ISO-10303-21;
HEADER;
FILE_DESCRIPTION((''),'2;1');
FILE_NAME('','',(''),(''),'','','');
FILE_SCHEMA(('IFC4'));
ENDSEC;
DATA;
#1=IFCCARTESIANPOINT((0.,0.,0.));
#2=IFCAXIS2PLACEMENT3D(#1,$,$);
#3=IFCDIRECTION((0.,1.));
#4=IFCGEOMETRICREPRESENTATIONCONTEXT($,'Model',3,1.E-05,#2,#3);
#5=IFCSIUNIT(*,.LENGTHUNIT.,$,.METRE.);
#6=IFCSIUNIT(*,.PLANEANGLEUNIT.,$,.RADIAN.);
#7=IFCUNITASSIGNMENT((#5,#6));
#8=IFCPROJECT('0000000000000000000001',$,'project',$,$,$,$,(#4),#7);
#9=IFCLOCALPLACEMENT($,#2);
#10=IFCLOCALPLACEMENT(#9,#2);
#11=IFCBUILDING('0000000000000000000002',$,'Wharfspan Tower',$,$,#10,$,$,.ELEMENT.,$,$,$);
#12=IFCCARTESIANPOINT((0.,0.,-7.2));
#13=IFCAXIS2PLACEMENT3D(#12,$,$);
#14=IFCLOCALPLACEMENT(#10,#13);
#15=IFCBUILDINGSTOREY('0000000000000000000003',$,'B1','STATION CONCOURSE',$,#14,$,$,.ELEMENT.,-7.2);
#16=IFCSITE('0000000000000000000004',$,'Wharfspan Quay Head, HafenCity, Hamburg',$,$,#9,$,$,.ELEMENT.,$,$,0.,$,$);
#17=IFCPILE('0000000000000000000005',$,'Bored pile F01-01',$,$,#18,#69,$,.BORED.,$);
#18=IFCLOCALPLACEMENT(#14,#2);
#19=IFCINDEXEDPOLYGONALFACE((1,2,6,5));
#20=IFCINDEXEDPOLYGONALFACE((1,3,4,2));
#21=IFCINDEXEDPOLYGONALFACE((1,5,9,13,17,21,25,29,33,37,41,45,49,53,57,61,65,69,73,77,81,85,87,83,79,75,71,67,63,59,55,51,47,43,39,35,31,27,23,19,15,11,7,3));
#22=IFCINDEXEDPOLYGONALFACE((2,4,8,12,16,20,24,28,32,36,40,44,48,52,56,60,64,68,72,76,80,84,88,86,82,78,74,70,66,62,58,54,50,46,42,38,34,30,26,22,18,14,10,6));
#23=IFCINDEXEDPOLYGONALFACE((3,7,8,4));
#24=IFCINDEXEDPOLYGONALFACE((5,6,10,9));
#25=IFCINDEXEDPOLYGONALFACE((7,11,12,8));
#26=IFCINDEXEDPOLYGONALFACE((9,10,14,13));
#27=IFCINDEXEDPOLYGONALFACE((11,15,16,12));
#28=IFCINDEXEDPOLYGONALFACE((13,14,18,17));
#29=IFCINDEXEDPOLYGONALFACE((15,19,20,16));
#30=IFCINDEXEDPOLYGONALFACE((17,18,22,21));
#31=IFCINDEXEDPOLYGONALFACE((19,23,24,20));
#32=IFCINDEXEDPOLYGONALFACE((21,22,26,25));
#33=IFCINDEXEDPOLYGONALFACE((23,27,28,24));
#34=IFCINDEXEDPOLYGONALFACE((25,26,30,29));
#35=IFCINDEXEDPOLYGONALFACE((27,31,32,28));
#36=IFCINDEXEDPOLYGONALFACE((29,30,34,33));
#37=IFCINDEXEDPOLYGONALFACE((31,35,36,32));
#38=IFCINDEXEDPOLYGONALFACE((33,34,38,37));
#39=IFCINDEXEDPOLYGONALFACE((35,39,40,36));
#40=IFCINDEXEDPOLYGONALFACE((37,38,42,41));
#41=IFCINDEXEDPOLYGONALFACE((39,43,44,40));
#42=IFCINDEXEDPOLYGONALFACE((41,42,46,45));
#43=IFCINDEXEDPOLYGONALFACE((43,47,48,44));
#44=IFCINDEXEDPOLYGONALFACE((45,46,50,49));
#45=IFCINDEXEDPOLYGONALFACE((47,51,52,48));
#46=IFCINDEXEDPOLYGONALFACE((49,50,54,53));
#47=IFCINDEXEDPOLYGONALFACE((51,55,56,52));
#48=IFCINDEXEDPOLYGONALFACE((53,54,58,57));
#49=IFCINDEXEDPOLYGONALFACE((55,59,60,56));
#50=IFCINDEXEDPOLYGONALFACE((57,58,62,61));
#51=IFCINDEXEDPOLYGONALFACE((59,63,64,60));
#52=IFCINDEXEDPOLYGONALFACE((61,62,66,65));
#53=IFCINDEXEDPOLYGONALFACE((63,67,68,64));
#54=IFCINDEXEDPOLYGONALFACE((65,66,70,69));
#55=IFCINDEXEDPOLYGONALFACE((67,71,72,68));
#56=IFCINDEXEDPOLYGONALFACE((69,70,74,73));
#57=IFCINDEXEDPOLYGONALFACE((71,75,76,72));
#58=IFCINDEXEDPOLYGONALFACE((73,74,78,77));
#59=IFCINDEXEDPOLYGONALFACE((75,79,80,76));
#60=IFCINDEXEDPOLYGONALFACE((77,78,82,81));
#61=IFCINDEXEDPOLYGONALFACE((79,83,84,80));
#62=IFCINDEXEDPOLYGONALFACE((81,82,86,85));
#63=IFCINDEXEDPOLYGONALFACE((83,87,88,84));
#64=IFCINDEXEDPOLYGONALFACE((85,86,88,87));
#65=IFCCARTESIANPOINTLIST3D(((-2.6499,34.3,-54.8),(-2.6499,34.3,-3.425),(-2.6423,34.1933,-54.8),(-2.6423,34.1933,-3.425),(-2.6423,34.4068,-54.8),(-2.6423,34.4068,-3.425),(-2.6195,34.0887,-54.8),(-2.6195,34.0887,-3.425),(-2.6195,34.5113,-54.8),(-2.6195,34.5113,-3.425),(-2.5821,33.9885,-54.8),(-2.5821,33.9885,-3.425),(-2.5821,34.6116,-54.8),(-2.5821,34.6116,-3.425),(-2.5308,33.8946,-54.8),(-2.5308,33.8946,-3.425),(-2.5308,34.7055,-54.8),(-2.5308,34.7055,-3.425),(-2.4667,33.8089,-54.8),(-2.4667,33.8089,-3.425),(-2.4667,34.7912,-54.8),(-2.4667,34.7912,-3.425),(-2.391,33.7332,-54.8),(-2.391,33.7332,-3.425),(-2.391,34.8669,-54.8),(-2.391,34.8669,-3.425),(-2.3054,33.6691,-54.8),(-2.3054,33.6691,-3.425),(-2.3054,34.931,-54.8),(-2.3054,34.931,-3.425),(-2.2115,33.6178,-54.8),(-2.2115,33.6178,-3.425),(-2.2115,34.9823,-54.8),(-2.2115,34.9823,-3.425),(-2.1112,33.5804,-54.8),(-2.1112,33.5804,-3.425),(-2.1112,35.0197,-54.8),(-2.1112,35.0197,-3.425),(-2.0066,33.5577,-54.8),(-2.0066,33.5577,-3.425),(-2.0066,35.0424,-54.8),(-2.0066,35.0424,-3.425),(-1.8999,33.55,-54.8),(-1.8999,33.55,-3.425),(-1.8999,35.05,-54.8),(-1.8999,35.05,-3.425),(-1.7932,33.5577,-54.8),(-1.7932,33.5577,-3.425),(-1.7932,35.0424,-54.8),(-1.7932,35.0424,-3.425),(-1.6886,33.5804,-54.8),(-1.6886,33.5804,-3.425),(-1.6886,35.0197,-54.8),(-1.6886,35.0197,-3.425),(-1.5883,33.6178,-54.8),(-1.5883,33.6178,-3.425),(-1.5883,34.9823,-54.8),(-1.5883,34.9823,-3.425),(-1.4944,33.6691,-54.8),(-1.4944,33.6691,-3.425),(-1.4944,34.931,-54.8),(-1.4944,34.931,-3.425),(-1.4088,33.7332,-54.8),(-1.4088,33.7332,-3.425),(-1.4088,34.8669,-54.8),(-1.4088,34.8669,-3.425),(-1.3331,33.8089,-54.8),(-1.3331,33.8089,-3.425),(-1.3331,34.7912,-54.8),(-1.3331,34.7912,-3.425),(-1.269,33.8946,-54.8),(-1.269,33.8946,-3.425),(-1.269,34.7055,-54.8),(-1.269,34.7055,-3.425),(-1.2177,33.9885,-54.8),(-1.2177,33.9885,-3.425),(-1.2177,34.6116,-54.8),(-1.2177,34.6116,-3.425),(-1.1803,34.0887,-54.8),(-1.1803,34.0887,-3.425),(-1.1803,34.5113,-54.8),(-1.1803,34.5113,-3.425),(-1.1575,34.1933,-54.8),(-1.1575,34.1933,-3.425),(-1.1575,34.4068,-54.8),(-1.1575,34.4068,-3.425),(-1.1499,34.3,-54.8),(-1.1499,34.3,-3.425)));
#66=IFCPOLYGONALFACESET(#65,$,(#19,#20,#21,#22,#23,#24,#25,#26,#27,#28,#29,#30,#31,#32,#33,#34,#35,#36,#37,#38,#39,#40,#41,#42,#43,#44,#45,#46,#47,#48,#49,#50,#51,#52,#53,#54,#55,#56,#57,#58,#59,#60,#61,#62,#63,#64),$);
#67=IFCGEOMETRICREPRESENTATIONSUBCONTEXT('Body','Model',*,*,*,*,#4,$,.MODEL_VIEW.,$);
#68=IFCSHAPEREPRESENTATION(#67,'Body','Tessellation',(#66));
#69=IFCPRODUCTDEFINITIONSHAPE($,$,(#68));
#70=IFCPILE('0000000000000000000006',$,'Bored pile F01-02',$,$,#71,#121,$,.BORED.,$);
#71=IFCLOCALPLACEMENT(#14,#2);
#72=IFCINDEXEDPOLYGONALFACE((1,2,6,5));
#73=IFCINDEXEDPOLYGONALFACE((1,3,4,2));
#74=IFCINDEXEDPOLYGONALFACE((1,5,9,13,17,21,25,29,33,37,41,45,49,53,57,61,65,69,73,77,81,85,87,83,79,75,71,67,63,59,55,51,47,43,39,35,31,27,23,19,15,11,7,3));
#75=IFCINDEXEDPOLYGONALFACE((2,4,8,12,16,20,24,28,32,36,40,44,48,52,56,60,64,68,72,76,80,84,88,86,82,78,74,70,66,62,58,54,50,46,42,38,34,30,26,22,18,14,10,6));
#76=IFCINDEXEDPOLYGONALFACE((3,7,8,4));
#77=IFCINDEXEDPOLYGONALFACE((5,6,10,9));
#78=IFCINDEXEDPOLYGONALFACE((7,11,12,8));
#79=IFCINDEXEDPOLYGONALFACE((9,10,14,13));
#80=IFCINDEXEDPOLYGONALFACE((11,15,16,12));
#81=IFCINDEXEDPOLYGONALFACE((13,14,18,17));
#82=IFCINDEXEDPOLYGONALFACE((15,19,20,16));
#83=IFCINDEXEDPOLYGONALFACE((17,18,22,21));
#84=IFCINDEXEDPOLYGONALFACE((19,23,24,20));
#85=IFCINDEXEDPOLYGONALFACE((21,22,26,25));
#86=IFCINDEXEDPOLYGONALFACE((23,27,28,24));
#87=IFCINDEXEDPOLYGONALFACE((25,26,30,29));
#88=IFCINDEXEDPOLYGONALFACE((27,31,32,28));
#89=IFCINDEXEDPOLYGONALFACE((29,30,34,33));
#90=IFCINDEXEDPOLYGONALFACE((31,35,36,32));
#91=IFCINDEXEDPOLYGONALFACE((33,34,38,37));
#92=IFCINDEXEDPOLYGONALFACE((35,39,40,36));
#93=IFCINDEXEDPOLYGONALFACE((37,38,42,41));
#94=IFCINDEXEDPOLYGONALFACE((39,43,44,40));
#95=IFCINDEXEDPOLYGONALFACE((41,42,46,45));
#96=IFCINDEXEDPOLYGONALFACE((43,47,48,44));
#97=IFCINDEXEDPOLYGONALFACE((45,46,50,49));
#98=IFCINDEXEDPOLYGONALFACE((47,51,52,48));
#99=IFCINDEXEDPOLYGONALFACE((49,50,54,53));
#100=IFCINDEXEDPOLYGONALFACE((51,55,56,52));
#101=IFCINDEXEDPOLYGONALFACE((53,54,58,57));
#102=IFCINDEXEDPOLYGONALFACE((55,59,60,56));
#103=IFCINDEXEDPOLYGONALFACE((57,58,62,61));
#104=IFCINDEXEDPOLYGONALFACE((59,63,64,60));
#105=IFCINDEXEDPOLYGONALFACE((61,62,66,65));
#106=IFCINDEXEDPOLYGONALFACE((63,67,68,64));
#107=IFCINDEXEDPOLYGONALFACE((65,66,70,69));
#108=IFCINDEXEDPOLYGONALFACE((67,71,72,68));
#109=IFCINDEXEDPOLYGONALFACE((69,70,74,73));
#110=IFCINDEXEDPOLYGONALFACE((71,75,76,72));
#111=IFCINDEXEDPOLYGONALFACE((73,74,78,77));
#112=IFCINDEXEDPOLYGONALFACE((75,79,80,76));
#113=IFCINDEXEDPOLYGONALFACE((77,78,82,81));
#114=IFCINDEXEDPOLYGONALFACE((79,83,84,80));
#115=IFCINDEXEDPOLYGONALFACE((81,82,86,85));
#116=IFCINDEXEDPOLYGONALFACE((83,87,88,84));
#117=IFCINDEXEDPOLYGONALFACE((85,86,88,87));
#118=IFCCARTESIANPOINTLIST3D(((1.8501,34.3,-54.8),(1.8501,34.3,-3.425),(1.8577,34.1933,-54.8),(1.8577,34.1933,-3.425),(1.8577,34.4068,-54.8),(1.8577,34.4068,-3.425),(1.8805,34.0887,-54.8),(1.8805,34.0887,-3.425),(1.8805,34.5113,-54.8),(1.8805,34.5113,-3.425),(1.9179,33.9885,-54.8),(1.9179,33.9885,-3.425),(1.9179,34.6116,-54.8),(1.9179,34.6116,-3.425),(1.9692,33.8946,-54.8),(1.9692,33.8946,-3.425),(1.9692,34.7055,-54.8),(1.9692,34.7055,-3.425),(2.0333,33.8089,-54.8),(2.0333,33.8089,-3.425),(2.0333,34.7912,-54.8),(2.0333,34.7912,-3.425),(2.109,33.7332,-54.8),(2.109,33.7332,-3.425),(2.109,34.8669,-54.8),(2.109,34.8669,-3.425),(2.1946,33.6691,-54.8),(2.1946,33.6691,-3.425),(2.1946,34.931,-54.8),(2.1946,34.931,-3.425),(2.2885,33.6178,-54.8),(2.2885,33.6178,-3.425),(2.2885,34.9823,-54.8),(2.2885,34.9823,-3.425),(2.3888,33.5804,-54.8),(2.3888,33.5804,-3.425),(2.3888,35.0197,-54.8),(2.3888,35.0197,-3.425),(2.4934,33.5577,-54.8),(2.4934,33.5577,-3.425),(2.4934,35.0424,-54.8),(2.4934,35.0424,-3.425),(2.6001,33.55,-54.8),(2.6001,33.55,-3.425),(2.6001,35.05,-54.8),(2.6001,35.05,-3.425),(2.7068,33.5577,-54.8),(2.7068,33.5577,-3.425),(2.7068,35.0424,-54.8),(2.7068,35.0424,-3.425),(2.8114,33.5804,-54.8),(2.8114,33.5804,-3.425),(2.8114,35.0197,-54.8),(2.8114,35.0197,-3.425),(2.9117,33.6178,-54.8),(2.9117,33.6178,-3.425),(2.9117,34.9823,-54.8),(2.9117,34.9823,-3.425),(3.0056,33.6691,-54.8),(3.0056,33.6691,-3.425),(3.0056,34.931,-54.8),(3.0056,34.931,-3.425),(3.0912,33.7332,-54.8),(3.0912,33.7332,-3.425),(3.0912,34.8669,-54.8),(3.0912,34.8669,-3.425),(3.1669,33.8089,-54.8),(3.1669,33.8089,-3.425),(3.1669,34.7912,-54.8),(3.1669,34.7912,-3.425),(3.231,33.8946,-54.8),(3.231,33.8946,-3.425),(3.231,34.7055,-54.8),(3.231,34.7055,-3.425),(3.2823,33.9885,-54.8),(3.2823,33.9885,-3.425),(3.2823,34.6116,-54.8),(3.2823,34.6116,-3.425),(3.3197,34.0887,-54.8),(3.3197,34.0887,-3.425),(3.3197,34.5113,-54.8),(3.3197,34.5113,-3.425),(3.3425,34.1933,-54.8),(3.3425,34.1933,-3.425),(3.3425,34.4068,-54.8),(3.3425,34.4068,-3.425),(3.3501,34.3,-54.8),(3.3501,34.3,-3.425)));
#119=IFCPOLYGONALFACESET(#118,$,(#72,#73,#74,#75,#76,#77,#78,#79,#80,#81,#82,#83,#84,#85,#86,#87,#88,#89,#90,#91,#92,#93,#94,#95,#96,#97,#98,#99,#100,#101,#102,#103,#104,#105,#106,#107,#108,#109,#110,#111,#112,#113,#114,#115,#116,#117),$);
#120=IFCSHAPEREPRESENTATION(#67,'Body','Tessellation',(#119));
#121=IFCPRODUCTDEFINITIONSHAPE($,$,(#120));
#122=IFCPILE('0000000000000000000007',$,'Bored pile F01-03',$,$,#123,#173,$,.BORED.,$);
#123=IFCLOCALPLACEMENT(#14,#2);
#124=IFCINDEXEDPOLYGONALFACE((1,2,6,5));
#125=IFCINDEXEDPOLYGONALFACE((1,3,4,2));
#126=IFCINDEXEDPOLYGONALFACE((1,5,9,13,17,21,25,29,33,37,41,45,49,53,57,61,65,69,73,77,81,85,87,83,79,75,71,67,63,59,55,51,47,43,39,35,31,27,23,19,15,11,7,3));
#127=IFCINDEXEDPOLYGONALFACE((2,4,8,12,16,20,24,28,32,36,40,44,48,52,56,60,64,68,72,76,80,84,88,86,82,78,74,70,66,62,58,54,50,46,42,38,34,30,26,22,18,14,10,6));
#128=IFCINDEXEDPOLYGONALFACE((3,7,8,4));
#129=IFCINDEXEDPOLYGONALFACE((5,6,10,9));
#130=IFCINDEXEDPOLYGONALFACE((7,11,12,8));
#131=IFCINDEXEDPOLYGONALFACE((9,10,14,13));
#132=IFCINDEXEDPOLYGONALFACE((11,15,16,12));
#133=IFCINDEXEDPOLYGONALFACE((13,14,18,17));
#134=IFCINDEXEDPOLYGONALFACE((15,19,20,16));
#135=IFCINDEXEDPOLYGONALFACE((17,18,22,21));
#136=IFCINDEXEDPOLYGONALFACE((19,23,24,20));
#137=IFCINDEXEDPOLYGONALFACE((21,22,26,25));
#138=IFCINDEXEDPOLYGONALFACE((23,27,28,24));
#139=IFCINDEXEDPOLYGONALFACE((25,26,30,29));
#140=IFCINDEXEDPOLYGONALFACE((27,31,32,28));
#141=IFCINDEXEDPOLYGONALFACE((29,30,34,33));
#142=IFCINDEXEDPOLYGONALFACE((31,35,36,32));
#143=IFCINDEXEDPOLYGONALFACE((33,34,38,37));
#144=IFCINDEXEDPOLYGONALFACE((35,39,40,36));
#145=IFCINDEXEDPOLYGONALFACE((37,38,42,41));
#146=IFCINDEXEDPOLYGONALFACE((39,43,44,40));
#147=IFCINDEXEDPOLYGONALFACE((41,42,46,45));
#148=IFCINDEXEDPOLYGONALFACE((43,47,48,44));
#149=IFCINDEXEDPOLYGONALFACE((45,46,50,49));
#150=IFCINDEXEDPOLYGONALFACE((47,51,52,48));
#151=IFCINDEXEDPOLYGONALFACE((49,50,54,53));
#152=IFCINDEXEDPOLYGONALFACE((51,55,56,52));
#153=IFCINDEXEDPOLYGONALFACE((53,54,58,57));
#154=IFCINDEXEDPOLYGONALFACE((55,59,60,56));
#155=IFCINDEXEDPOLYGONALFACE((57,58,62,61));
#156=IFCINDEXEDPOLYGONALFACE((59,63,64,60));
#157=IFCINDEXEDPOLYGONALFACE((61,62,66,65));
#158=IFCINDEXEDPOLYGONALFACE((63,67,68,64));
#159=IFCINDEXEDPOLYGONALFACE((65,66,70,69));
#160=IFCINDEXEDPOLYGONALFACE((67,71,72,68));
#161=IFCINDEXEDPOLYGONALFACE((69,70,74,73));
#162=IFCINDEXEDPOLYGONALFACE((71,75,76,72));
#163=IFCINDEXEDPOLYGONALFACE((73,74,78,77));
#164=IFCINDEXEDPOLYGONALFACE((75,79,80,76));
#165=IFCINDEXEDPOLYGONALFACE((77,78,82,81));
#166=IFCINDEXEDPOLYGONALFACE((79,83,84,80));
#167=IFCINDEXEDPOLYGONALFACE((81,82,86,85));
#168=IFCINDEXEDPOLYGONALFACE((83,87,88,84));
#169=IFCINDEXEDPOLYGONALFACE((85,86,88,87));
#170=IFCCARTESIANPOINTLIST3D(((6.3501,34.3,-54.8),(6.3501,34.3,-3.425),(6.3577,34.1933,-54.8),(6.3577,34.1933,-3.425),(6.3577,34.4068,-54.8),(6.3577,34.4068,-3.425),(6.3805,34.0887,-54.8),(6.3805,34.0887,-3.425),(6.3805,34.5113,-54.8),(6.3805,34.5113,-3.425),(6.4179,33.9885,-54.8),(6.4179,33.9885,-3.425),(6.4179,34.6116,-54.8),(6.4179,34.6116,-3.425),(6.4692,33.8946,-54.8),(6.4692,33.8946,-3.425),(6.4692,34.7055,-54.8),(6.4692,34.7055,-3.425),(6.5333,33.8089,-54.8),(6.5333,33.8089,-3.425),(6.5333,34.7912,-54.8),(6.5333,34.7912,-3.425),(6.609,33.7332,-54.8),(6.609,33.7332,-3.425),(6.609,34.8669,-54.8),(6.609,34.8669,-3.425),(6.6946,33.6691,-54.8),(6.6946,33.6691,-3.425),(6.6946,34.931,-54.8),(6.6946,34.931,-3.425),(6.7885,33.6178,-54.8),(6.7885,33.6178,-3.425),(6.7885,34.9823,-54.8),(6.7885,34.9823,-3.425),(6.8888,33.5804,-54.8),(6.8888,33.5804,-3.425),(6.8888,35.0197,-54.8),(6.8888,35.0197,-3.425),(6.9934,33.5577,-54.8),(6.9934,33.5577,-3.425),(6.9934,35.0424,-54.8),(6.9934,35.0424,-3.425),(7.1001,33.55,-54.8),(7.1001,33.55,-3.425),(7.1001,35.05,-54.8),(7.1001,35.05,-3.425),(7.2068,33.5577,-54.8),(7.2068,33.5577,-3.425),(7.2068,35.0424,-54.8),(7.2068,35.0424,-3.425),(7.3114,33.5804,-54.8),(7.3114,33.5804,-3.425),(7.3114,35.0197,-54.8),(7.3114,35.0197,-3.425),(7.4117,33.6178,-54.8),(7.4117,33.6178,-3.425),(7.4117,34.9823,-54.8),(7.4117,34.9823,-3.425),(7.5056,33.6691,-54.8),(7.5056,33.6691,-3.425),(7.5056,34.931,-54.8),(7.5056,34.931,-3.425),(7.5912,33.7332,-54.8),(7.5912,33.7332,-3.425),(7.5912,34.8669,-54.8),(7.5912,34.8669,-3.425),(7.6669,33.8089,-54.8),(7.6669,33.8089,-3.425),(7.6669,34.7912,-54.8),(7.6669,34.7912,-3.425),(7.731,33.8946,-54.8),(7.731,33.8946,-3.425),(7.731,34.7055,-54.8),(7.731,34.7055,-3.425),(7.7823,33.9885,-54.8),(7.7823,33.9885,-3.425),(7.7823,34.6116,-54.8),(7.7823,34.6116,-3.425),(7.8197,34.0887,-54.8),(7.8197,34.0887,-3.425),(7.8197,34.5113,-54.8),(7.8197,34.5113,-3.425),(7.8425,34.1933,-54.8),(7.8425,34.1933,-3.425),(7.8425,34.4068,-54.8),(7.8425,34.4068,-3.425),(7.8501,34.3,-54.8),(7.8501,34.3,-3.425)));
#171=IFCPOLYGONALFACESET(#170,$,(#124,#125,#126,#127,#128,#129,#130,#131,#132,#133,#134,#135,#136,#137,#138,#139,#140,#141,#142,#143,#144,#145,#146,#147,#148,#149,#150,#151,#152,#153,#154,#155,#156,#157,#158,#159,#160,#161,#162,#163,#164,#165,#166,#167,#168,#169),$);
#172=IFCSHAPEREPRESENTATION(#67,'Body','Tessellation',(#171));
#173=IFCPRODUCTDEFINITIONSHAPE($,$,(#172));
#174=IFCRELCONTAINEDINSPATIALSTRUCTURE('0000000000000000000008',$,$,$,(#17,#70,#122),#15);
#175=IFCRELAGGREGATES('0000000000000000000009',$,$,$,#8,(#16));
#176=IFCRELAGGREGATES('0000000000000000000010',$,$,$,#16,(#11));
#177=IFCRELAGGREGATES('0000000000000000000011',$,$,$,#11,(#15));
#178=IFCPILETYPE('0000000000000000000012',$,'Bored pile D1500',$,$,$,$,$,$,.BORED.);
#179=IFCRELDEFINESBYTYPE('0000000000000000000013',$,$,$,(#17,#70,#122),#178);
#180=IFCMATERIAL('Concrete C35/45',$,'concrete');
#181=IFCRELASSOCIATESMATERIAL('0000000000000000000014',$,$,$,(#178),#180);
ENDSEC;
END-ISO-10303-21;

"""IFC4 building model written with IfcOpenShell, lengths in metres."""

from ifc_helpers import new_model, si_unit, direction, frame, origin, origin_2d, place, context, subcontext, project, spatial, circle, extrude, material, material_profile, profile_set, type_object, element, save


model = new_model("IFC4")

# Units and contexts
model_context = context("Model", 3, precision=1e-05, world=origin(), true_north=direction((0.0, 1.0)))
body_context = subcontext(model_context, "Body", "Model", "MODEL_VIEW")
ifc_project = project(units=[si_unit("LENGTHUNIT", "METRE"), si_unit("PLANEANGLEUNIT", "RADIAN")], contexts=[model_context])

# Site, building, storey
site_placement = place(None, origin())
site = spatial("IfcSite", under=ifc_project, at=site_placement, Name="Wharfspan Quay Head, HafenCity, Hamburg", CompositionType="ELEMENT", RefElevation=0.0)
building_placement = place(site_placement, origin())
building = spatial("IfcBuilding", under=site, at=building_placement, Name="Wharfspan Tower", CompositionType="ELEMENT")
storey_placement = place(building_placement, frame((0.0, 0.0, -7.2)))
storey = spatial("IfcBuildingStorey", under=building, at=storey_placement, Name="B1", Description="STATION CONCOURSE", CompositionType="ELEMENT", Elevation=-7.2)

# Piles
ifc_material_1 = material(Name="Concrete C35/45", Category="concrete")
ifc_material_profile_1 = material_profile(ifc_material_1, circle(Radius=0.75, at=origin_2d()))
ifc_profile_set_1 = profile_set([ifc_material_profile_1], Name="Concrete C35/45")
pile_type = type_object("IfcPileType", Name="Bored pile D1500", PredefinedType="BORED", material=ifc_profile_set_1)
for number, where, z_axis, x_axis, name in (
    (1, (-1.8999, 34.3, -3.425), (0.0, 0.0, -1.0), (1.0, 0.0, 0.0), "Bored pile F01-01"),
    (2, (2.6001, 34.3, -3.425), (0.0, 0.0, -1.0), (1.0, 0.0, 0.0), "Bored pile F01-02"),
    (3, (7.1001, 34.3, -3.425), (0.0, 0.0, -1.0), (1.0, 0.0, 0.0), "Bored pile F01-03"),
):
    element("IfcPile", number, at=place(storey_placement, frame(where, z_axis=z_axis, x_axis=x_axis)), inside=storey, type_object=pile_type, Name=name, PredefinedType="BORED", context=body_context, shape_type="SweptSolid", body=[
        extrude(circle(Radius=0.75, at=origin_2d()), origin(), (0.0, 0.0, 1.0), 51.375),
    ])

save(model, "model.ifc")
